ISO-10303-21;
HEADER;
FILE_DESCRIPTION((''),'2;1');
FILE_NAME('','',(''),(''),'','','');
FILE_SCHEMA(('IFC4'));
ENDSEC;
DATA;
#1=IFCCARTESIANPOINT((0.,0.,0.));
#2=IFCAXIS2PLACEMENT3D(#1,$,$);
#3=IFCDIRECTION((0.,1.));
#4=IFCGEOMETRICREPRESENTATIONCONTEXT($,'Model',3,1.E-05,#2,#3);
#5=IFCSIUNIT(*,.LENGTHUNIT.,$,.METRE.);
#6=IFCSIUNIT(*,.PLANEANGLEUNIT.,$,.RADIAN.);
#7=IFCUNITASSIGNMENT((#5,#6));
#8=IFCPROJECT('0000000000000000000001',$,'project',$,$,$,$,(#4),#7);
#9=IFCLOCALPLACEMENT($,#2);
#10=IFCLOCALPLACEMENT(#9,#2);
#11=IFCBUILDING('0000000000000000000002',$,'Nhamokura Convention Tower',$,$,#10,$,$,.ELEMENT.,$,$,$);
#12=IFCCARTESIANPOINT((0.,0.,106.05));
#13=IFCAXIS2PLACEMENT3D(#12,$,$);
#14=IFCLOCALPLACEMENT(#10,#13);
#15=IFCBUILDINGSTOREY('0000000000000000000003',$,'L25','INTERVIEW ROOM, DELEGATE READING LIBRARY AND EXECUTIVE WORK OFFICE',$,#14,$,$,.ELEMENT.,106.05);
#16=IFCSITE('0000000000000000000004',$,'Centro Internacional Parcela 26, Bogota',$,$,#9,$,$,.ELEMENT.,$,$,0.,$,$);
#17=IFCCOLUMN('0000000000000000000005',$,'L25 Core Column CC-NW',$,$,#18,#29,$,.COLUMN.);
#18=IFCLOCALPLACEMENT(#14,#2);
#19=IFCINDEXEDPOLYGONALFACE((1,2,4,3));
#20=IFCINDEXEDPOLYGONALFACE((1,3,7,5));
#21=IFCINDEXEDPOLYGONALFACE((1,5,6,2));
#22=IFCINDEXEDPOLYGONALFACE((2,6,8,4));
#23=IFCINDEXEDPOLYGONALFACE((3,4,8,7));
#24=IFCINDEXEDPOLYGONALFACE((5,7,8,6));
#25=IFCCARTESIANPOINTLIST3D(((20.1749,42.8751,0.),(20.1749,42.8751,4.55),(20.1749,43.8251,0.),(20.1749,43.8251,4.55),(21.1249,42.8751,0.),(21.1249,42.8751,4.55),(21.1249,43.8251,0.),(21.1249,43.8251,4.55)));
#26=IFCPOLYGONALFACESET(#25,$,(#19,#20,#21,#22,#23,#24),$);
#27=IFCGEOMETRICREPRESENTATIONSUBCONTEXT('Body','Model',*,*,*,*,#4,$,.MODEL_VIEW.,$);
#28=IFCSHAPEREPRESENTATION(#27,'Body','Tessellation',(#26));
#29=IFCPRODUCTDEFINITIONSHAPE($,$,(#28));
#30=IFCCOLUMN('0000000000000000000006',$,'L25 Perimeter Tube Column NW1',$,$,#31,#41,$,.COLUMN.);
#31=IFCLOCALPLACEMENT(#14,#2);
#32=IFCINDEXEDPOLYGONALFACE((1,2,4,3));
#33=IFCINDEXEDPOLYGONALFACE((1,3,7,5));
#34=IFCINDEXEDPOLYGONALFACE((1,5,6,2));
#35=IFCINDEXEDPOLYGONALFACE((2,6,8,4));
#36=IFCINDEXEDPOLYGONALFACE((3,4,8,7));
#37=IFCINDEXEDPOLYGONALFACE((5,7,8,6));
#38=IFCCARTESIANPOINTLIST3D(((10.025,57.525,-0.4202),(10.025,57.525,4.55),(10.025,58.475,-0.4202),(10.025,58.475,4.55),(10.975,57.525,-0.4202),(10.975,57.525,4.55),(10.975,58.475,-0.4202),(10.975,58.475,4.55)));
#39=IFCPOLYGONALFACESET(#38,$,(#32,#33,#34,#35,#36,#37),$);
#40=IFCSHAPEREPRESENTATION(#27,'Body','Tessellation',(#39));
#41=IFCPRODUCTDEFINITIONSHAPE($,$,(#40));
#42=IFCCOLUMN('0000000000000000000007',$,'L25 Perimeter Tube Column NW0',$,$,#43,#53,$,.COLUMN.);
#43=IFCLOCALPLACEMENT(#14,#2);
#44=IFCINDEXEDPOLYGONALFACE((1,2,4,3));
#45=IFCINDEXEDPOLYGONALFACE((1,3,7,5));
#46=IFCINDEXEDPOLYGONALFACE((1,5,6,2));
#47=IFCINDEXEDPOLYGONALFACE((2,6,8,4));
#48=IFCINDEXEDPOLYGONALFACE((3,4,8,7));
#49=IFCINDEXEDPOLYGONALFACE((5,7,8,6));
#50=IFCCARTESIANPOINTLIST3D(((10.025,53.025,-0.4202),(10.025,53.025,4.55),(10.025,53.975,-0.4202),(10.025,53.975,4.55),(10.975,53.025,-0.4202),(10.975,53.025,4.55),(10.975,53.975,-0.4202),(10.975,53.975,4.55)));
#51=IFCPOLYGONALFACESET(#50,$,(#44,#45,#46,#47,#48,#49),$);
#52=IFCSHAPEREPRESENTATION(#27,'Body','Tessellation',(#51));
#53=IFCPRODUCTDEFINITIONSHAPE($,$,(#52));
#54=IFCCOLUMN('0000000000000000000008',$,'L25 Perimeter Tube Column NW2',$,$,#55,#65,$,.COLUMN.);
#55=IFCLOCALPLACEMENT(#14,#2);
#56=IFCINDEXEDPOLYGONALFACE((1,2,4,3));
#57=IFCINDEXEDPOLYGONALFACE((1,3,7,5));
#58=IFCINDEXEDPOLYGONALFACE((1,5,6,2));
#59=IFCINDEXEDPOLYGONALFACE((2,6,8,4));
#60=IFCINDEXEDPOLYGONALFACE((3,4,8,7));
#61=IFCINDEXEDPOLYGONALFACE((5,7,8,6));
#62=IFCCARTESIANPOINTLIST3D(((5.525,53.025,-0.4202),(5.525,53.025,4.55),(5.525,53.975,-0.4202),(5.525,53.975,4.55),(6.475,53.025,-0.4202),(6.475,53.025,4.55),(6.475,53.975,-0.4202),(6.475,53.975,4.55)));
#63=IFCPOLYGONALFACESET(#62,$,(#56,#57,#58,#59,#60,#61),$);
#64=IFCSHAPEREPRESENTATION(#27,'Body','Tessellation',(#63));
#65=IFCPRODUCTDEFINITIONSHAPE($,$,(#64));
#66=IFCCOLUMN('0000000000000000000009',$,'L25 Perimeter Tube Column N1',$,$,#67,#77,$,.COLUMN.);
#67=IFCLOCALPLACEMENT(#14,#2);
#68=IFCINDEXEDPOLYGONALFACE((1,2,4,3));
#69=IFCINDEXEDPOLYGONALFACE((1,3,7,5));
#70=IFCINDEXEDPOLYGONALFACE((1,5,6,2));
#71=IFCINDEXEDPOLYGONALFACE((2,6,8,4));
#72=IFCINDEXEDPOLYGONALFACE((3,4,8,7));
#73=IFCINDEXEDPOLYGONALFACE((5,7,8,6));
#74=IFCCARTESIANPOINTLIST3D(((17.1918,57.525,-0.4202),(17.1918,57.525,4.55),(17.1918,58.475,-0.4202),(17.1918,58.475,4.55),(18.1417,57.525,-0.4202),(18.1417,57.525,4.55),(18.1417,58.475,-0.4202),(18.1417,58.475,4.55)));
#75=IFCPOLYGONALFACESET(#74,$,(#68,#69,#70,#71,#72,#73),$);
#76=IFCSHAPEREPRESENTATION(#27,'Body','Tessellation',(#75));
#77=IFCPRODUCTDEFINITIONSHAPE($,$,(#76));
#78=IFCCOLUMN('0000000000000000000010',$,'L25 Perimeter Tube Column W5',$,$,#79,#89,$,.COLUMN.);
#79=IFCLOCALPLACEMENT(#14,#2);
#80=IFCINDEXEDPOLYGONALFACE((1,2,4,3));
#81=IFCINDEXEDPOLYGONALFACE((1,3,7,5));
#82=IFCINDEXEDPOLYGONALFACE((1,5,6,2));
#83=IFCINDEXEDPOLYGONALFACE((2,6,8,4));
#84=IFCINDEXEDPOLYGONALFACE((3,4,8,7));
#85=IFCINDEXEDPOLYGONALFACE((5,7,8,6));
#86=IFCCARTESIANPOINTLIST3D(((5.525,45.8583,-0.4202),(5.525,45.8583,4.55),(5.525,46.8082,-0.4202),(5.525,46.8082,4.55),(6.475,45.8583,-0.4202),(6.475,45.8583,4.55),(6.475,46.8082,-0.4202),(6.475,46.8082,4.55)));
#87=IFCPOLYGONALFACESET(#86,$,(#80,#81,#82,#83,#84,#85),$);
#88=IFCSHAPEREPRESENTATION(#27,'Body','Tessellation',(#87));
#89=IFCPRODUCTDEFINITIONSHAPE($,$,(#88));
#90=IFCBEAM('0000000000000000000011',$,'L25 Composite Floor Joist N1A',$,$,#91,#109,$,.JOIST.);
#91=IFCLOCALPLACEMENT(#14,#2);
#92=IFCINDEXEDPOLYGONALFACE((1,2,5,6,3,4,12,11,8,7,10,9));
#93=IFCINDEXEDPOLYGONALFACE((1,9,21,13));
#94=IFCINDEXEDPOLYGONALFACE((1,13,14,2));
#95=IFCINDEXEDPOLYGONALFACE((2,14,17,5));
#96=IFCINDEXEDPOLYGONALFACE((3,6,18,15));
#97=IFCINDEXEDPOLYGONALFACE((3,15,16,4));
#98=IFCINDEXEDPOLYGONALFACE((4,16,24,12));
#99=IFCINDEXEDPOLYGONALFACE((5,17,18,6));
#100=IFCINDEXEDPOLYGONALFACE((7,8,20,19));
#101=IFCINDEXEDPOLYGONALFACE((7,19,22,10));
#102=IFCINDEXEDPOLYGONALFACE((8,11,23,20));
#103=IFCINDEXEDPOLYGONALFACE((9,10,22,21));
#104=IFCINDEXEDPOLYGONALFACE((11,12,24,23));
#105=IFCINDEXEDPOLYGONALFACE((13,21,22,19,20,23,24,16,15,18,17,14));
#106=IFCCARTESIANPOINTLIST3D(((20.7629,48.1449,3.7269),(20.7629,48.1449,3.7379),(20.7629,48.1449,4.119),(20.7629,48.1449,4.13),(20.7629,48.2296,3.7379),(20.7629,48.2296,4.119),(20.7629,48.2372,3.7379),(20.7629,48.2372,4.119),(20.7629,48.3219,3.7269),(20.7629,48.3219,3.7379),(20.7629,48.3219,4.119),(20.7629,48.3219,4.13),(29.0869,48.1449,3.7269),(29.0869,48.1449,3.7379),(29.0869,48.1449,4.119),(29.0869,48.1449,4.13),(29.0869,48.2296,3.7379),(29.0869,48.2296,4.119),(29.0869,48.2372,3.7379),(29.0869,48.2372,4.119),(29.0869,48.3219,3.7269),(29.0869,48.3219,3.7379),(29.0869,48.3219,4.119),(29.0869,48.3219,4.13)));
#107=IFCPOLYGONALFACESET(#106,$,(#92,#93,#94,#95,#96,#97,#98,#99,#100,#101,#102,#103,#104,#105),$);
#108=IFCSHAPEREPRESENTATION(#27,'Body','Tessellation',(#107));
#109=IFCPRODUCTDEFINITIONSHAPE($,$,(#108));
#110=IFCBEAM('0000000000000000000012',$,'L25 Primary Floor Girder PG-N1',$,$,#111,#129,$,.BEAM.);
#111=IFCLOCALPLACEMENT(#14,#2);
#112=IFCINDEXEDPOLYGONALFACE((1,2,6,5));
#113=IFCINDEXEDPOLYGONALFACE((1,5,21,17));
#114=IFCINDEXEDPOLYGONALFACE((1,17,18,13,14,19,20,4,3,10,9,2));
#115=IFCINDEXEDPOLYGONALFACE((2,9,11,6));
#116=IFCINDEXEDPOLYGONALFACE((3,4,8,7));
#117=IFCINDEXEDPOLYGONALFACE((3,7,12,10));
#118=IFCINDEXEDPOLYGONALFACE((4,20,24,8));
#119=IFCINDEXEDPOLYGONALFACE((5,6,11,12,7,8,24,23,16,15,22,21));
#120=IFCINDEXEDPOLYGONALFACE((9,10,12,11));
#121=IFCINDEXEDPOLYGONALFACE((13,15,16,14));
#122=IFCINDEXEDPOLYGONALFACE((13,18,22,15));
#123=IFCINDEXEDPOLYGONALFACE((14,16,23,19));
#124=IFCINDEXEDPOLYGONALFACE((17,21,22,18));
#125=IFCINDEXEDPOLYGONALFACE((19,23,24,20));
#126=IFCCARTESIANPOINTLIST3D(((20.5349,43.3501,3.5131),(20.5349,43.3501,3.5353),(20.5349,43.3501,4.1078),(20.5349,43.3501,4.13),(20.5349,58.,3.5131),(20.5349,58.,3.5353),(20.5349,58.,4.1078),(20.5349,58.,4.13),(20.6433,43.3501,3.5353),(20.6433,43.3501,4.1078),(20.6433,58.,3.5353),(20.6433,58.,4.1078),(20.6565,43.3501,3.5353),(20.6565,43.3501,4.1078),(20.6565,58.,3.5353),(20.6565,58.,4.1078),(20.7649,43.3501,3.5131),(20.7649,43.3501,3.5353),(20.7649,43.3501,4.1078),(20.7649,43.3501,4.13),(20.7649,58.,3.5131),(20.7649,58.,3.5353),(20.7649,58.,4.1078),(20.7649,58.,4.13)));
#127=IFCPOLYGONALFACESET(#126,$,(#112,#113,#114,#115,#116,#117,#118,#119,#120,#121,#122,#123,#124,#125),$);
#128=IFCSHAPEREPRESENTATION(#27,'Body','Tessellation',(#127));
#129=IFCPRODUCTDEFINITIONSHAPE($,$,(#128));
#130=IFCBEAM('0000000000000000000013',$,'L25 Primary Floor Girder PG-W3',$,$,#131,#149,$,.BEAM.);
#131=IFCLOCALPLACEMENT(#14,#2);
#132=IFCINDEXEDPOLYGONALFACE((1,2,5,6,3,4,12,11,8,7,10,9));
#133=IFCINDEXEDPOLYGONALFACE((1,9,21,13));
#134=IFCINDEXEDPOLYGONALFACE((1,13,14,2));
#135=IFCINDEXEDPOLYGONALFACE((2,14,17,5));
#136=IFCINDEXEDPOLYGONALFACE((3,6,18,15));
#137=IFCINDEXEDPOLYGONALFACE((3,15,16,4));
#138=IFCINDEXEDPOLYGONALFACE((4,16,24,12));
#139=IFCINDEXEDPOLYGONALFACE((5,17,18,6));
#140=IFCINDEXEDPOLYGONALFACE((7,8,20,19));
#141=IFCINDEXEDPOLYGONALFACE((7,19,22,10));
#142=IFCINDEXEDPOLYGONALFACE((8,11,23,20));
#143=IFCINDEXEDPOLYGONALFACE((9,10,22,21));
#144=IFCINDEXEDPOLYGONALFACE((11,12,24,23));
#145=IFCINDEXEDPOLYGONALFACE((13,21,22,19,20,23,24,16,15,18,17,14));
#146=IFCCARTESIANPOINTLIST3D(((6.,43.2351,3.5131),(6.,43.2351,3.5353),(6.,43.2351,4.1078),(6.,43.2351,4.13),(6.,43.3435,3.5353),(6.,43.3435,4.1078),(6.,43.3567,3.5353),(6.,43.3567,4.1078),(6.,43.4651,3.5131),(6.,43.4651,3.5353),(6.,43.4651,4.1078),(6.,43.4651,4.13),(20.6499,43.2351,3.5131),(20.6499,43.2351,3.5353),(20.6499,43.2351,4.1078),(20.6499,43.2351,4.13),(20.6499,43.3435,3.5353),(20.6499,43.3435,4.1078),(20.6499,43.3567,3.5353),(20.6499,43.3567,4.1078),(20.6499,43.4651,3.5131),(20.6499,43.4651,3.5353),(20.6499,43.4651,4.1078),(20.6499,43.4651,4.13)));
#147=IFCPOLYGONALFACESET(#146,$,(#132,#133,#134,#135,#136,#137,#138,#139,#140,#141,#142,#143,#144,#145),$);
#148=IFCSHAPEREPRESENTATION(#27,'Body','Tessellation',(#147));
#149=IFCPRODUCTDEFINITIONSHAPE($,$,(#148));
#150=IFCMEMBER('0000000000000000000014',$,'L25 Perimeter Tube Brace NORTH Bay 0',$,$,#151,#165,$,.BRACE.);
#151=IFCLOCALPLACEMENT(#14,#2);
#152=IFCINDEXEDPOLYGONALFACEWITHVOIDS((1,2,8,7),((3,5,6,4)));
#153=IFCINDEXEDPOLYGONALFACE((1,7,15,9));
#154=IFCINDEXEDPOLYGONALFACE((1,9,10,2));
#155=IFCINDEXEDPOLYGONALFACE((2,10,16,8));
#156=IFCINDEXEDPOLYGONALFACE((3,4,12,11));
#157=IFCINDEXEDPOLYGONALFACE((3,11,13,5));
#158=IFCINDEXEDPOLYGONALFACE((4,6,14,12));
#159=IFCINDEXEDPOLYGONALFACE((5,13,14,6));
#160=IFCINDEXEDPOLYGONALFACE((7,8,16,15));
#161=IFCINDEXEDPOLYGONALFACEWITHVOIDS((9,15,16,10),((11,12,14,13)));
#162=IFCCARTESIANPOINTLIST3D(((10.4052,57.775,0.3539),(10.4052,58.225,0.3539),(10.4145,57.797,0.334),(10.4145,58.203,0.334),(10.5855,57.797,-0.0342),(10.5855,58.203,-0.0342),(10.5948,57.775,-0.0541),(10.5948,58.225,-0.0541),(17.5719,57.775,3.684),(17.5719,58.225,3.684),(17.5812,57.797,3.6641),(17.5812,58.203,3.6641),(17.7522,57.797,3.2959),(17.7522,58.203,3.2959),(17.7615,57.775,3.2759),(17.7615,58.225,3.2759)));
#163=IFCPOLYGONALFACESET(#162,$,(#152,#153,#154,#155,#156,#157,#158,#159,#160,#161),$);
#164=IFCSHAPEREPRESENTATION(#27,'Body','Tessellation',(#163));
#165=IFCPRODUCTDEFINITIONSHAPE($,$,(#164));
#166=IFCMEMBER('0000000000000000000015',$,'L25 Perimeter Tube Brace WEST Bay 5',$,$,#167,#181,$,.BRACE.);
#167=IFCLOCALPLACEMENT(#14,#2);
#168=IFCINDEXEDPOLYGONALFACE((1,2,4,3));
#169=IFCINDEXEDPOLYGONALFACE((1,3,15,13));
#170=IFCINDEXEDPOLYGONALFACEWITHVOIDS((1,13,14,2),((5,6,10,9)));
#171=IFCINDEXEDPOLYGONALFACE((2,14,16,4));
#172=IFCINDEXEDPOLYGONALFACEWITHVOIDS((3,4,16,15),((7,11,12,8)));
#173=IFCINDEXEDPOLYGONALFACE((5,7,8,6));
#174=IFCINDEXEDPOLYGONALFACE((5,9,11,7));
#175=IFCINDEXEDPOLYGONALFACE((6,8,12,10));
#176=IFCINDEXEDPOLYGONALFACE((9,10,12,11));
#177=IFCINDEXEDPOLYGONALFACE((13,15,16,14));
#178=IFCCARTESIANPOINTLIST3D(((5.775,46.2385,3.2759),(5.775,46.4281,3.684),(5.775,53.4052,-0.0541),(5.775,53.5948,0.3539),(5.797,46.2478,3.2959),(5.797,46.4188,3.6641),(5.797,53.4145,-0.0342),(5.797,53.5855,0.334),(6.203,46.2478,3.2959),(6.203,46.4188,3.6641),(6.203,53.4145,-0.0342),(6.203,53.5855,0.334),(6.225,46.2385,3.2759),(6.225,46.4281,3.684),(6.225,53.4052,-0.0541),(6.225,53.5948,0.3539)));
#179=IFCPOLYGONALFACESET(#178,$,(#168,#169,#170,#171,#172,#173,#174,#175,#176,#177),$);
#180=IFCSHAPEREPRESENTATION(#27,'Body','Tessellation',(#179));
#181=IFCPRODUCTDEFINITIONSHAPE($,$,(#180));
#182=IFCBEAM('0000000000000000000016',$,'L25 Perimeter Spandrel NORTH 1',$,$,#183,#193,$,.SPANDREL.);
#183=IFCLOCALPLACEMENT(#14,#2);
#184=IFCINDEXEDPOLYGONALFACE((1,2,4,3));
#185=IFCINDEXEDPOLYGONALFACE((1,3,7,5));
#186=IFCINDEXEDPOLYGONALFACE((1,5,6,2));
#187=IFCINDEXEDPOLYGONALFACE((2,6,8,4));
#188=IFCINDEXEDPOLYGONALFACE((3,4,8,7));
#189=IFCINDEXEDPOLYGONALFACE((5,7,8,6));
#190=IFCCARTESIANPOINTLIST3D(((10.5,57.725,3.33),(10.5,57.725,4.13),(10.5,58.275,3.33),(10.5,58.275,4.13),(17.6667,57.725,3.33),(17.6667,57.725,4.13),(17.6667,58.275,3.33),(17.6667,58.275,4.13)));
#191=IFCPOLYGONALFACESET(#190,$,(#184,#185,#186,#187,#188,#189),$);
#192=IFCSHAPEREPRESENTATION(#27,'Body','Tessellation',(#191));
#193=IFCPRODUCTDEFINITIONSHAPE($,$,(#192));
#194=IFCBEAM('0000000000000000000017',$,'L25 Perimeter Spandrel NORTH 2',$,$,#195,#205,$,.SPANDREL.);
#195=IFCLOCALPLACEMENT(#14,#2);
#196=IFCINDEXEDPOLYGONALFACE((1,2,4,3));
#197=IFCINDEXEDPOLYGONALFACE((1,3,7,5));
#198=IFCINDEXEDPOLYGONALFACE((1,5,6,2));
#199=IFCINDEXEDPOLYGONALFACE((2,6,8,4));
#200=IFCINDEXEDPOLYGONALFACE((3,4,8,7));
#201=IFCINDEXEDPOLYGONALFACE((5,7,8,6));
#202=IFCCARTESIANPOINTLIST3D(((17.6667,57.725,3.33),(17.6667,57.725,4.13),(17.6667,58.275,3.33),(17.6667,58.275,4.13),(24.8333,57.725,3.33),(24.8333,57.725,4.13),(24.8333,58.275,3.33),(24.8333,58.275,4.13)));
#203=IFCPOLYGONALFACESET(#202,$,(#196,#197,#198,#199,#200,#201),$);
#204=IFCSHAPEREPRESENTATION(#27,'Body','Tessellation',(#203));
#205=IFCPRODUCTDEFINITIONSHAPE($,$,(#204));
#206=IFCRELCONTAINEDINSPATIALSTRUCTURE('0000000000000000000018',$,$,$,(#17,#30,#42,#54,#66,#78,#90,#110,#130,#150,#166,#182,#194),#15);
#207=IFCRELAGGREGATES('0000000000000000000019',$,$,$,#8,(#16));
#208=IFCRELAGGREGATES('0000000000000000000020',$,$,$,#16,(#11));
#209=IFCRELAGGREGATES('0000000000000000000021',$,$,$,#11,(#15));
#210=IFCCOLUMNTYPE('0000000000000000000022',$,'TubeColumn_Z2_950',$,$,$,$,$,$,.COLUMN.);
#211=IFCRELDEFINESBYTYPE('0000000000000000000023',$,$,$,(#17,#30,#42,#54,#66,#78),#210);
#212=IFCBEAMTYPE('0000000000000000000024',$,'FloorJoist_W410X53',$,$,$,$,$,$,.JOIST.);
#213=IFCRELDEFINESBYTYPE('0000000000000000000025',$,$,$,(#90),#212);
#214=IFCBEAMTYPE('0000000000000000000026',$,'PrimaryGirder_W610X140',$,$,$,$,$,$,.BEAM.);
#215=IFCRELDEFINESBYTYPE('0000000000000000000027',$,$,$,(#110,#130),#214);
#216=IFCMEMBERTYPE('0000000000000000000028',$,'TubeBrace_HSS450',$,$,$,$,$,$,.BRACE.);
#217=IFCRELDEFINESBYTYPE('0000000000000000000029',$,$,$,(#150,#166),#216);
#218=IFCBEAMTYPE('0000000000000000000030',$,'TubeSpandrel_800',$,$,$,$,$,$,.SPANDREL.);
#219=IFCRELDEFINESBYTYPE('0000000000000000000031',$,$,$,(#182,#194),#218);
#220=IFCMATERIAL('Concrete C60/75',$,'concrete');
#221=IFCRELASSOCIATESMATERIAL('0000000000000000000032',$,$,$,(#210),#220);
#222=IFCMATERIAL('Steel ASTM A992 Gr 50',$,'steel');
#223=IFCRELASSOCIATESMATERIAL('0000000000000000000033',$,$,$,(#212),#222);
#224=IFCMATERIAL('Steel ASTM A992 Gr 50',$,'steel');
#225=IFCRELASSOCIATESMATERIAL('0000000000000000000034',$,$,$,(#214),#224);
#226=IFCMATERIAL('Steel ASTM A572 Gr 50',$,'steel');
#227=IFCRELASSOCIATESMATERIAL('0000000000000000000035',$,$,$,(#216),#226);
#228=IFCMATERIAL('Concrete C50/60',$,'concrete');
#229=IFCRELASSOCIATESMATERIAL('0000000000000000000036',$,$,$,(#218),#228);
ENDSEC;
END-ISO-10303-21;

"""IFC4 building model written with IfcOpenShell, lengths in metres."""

from ifc_helpers import new_model, si_unit, direction, frame, origin, origin_2d, place, context, subcontext, project, spatial, rectangle, hollow_rectangle, i_section, extrude, material, material_profile, profile_set, type_object, element, save


model = new_model("IFC4")

# Units and contexts
model_context = context("Model", 3, precision=1e-05, world=origin(), true_north=direction((0.0, 1.0)))
body_context = subcontext(model_context, "Body", "Model", "MODEL_VIEW")
ifc_project = project(units=[si_unit("LENGTHUNIT", "METRE"), si_unit("PLANEANGLEUNIT", "RADIAN")], contexts=[model_context])

# Site, building, storey
site_placement = place(None, origin())
site = spatial("IfcSite", under=ifc_project, at=site_placement, Name="Centro Internacional Parcela 26, Bogota", CompositionType="ELEMENT", RefElevation=0.0)
building_placement = place(site_placement, origin())
building = spatial("IfcBuilding", under=site, at=building_placement, Name="Nhamokura Convention Tower", CompositionType="ELEMENT")
storey_placement = place(building_placement, frame((0.0, 0.0, 106.05)))
storey = spatial("IfcBuildingStorey", under=building, at=storey_placement, Name="L25", Description="INTERVIEW ROOM, DELEGATE READING LIBRARY AND EXECUTIVE WORK OFFICE", CompositionType="ELEMENT", Elevation=106.05)

# Columns
ifc_material_1 = material(Name="Concrete C60/75", Category="concrete")
ifc_material_profile_1 = material_profile(ifc_material_1, rectangle(XDim=0.95, YDim=0.95, at=origin_2d()))
ifc_profile_set_1 = profile_set([ifc_material_profile_1], Name="Concrete C60/75")
column_type = type_object("IfcColumnType", Name="TubeColumn_Z2_950", PredefinedType="COLUMN", material=ifc_profile_set_1)
column_placement = place(storey_placement, frame((20.6499, 43.3501, 0.0), z_axis=(0.0, 0.0, 1.0), x_axis=(1.0, 0.0, 0.0)))
element("IfcColumn", 1, at=column_placement, inside=storey, type_object=column_type, Name="L25 Core Column CC-NW", PredefinedType="COLUMN", context=body_context, shape_type="SweptSolid", body=[
    extrude(rectangle(XDim=0.95, YDim=0.95, at=origin_2d()), origin(), (0.0, 0.0, 1.0), 4.55),
])
for number, where, z_axis, x_axis, name in (
    (2, (10.5, 58.0, -0.4202), (0.0, 0.0, 1.0), (1.0, 0.0, 0.0), "L25 Perimeter Tube Column NW1"),
    (3, (10.5, 53.5, -0.4202), (0.0, 0.0, 1.0), (1.0, 0.0, 0.0), "L25 Perimeter Tube Column NW0"),
    (4, (6.0, 53.5, -0.4202), (0.0, 0.0, 1.0), (1.0, 0.0, 0.0), "L25 Perimeter Tube Column NW2"),
    (5, (17.6667, 58.0, -0.4202), (0.0, 0.0, 1.0), (1.0, 0.0, 0.0), "L25 Perimeter Tube Column N1"),
    (6, (6.0, 46.3333, -0.4202), (0.0, 0.0, 1.0), (1.0, 0.0, 0.0), "L25 Perimeter Tube Column W5"),
):
    element("IfcColumn", number, at=place(storey_placement, frame(where, z_axis=z_axis, x_axis=x_axis)), inside=storey, type_object=column_type, Name=name, PredefinedType="COLUMN", context=body_context, shape_type="SweptSolid", body=[
        extrude(rectangle(XDim=0.95, YDim=0.95, at=origin_2d()), origin(), (0.0, 0.0, 1.0), 4.9702),
    ])

# Beams
ifc_material_2 = material(Name="Steel ASTM A992 Gr 50", Category="steel")
ifc_material_profile_2 = material_profile(ifc_material_2, i_section(OverallWidth=0.177, OverallDepth=0.4031, WebThickness=0.0076, FlangeThickness=0.011, at=origin_2d()))
ifc_profile_set_2 = profile_set([ifc_material_profile_2], Name="Steel ASTM A992 Gr 50")
beam_type_1 = type_object("IfcBeamType", Name="FloorJoist_W410X53", PredefinedType="JOIST", material=ifc_profile_set_2)
beam_1_placement = place(storey_placement, frame((20.7629, 48.2334, 3.9285), z_axis=(1.0, 0.0, 0.0), x_axis=(0.0, 1.0, 0.0)))
element("IfcBeam", 7, at=beam_1_placement, inside=storey, type_object=beam_type_1, Name="L25 Composite Floor Joist N1A", PredefinedType="JOIST", context=body_context, shape_type="SweptSolid", body=[
    extrude(i_section(OverallWidth=0.177, OverallDepth=0.4031, WebThickness=0.0076, FlangeThickness=0.011, at=origin_2d()), origin(), (0.0, 0.0, 1.0), 8.324),
])
ifc_material_3 = material(Name="Steel ASTM A992 Gr 50", Category="steel")
ifc_material_profile_3 = material_profile(ifc_material_3, i_section(OverallWidth=0.23, OverallDepth=0.6169, WebThickness=0.0132, FlangeThickness=0.0222, at=origin_2d()))
ifc_profile_set_3 = profile_set([ifc_material_profile_3], Name="Steel ASTM A992 Gr 50")
beam_type_2 = type_object("IfcBeamType", Name="PrimaryGirder_W610X140", PredefinedType="BEAM", material=ifc_profile_set_3)
for number, where, z_axis, x_axis, name in (
    (8, (20.6499, 43.3501, 3.8215), (0.0, 1.0, 0.0), (-1.0, 0.0, 0.0), "L25 Primary Floor Girder PG-N1"),
    (9, (6.0, 43.3501, 3.8215), (1.0, 0.0, 0.0), (0.0, 1.0, 0.0), "L25 Primary Floor Girder PG-W3"),
):
    element("IfcBeam", number, at=place(storey_placement, frame(where, z_axis=z_axis, x_axis=x_axis)), inside=storey, type_object=beam_type_2, Name=name, PredefinedType="BEAM", context=body_context, shape_type="SweptSolid", body=[
        extrude(i_section(OverallWidth=0.23, OverallDepth=0.6169, WebThickness=0.0132, FlangeThickness=0.0222, at=origin_2d()), origin(), (0.0, 0.0, 1.0), 14.6499),
    ])

# Members
ifc_material_4 = material(Name="Steel ASTM A572 Gr 50", Category="steel")
ifc_material_profile_4 = material_profile(ifc_material_4, hollow_rectangle(XDim=0.45, YDim=0.45, WallThickness=0.022, at=origin_2d()))
ifc_profile_set_4 = profile_set([ifc_material_profile_4], Name="Steel ASTM A572 Gr 50")
member_type = type_object("IfcMemberType", Name="TubeBrace_HSS450", PredefinedType="BRACE", material=ifc_profile_set_4)
for number, where, z_axis, x_axis, name in (
    (10, (10.5, 58.0, 0.1499), (0.90688, 0.0, 0.421388), (0.0, 1.0, 0.0), "L25 Perimeter Tube Brace NORTH Bay 0"),
    (11, (6.0, 53.5, 0.1499), (0.0, -0.90688, 0.421388), (1.0, 0.0, 0.0), "L25 Perimeter Tube Brace WEST Bay 5"),
):
    element("IfcMember", number, at=place(storey_placement, frame(where, z_axis=z_axis, x_axis=x_axis)), inside=storey, type_object=member_type, Name=name, PredefinedType="BRACE", context=body_context, shape_type="SweptSolid", body=[
        extrude(hollow_rectangle(XDim=0.45, YDim=0.45, WallThickness=0.022, at=origin_2d()), origin(), (0.0, 0.0, 1.0), 7.9026),
    ])

# Beams
ifc_material_5 = material(Name="Concrete C50/60", Category="concrete")
ifc_material_profile_5 = material_profile(ifc_material_5, rectangle(XDim=0.55, YDim=0.8, at=origin_2d()))
ifc_profile_set_5 = profile_set([ifc_material_profile_5], Name="Concrete C50/60")
beam_type_3 = type_object("IfcBeamType", Name="TubeSpandrel_800", PredefinedType="SPANDREL", material=ifc_profile_set_5)
beam_2_placement = place(storey_placement, frame((10.5, 58.0, 3.73), z_axis=(1.0, 0.0, 0.0), x_axis=(0.0, 1.0, 0.0)))
element("IfcBeam", 12, at=beam_2_placement, inside=storey, type_object=beam_type_3, Name="L25 Perimeter Spandrel NORTH 1", PredefinedType="SPANDREL", context=body_context, shape_type="SweptSolid", body=[
    extrude(rectangle(XDim=0.55, YDim=0.8, at=origin_2d()), origin(), (0.0, 0.0, 1.0), 7.1667),
])
beam_3_placement = place(storey_placement, frame((17.6667, 58.0, 3.73), z_axis=(1.0, 0.0, 0.0), x_axis=(0.0, 1.0, 0.0)))
element("IfcBeam", 13, at=beam_3_placement, inside=storey, type_object=beam_type_3, Name="L25 Perimeter Spandrel NORTH 2", PredefinedType="SPANDREL", context=body_context, shape_type="SweptSolid", body=[
    extrude(rectangle(XDim=0.55, YDim=0.8, at=origin_2d()), origin(), (0.0, 0.0, 1.0), 7.1665),
])

save(model, "model.ifc")
